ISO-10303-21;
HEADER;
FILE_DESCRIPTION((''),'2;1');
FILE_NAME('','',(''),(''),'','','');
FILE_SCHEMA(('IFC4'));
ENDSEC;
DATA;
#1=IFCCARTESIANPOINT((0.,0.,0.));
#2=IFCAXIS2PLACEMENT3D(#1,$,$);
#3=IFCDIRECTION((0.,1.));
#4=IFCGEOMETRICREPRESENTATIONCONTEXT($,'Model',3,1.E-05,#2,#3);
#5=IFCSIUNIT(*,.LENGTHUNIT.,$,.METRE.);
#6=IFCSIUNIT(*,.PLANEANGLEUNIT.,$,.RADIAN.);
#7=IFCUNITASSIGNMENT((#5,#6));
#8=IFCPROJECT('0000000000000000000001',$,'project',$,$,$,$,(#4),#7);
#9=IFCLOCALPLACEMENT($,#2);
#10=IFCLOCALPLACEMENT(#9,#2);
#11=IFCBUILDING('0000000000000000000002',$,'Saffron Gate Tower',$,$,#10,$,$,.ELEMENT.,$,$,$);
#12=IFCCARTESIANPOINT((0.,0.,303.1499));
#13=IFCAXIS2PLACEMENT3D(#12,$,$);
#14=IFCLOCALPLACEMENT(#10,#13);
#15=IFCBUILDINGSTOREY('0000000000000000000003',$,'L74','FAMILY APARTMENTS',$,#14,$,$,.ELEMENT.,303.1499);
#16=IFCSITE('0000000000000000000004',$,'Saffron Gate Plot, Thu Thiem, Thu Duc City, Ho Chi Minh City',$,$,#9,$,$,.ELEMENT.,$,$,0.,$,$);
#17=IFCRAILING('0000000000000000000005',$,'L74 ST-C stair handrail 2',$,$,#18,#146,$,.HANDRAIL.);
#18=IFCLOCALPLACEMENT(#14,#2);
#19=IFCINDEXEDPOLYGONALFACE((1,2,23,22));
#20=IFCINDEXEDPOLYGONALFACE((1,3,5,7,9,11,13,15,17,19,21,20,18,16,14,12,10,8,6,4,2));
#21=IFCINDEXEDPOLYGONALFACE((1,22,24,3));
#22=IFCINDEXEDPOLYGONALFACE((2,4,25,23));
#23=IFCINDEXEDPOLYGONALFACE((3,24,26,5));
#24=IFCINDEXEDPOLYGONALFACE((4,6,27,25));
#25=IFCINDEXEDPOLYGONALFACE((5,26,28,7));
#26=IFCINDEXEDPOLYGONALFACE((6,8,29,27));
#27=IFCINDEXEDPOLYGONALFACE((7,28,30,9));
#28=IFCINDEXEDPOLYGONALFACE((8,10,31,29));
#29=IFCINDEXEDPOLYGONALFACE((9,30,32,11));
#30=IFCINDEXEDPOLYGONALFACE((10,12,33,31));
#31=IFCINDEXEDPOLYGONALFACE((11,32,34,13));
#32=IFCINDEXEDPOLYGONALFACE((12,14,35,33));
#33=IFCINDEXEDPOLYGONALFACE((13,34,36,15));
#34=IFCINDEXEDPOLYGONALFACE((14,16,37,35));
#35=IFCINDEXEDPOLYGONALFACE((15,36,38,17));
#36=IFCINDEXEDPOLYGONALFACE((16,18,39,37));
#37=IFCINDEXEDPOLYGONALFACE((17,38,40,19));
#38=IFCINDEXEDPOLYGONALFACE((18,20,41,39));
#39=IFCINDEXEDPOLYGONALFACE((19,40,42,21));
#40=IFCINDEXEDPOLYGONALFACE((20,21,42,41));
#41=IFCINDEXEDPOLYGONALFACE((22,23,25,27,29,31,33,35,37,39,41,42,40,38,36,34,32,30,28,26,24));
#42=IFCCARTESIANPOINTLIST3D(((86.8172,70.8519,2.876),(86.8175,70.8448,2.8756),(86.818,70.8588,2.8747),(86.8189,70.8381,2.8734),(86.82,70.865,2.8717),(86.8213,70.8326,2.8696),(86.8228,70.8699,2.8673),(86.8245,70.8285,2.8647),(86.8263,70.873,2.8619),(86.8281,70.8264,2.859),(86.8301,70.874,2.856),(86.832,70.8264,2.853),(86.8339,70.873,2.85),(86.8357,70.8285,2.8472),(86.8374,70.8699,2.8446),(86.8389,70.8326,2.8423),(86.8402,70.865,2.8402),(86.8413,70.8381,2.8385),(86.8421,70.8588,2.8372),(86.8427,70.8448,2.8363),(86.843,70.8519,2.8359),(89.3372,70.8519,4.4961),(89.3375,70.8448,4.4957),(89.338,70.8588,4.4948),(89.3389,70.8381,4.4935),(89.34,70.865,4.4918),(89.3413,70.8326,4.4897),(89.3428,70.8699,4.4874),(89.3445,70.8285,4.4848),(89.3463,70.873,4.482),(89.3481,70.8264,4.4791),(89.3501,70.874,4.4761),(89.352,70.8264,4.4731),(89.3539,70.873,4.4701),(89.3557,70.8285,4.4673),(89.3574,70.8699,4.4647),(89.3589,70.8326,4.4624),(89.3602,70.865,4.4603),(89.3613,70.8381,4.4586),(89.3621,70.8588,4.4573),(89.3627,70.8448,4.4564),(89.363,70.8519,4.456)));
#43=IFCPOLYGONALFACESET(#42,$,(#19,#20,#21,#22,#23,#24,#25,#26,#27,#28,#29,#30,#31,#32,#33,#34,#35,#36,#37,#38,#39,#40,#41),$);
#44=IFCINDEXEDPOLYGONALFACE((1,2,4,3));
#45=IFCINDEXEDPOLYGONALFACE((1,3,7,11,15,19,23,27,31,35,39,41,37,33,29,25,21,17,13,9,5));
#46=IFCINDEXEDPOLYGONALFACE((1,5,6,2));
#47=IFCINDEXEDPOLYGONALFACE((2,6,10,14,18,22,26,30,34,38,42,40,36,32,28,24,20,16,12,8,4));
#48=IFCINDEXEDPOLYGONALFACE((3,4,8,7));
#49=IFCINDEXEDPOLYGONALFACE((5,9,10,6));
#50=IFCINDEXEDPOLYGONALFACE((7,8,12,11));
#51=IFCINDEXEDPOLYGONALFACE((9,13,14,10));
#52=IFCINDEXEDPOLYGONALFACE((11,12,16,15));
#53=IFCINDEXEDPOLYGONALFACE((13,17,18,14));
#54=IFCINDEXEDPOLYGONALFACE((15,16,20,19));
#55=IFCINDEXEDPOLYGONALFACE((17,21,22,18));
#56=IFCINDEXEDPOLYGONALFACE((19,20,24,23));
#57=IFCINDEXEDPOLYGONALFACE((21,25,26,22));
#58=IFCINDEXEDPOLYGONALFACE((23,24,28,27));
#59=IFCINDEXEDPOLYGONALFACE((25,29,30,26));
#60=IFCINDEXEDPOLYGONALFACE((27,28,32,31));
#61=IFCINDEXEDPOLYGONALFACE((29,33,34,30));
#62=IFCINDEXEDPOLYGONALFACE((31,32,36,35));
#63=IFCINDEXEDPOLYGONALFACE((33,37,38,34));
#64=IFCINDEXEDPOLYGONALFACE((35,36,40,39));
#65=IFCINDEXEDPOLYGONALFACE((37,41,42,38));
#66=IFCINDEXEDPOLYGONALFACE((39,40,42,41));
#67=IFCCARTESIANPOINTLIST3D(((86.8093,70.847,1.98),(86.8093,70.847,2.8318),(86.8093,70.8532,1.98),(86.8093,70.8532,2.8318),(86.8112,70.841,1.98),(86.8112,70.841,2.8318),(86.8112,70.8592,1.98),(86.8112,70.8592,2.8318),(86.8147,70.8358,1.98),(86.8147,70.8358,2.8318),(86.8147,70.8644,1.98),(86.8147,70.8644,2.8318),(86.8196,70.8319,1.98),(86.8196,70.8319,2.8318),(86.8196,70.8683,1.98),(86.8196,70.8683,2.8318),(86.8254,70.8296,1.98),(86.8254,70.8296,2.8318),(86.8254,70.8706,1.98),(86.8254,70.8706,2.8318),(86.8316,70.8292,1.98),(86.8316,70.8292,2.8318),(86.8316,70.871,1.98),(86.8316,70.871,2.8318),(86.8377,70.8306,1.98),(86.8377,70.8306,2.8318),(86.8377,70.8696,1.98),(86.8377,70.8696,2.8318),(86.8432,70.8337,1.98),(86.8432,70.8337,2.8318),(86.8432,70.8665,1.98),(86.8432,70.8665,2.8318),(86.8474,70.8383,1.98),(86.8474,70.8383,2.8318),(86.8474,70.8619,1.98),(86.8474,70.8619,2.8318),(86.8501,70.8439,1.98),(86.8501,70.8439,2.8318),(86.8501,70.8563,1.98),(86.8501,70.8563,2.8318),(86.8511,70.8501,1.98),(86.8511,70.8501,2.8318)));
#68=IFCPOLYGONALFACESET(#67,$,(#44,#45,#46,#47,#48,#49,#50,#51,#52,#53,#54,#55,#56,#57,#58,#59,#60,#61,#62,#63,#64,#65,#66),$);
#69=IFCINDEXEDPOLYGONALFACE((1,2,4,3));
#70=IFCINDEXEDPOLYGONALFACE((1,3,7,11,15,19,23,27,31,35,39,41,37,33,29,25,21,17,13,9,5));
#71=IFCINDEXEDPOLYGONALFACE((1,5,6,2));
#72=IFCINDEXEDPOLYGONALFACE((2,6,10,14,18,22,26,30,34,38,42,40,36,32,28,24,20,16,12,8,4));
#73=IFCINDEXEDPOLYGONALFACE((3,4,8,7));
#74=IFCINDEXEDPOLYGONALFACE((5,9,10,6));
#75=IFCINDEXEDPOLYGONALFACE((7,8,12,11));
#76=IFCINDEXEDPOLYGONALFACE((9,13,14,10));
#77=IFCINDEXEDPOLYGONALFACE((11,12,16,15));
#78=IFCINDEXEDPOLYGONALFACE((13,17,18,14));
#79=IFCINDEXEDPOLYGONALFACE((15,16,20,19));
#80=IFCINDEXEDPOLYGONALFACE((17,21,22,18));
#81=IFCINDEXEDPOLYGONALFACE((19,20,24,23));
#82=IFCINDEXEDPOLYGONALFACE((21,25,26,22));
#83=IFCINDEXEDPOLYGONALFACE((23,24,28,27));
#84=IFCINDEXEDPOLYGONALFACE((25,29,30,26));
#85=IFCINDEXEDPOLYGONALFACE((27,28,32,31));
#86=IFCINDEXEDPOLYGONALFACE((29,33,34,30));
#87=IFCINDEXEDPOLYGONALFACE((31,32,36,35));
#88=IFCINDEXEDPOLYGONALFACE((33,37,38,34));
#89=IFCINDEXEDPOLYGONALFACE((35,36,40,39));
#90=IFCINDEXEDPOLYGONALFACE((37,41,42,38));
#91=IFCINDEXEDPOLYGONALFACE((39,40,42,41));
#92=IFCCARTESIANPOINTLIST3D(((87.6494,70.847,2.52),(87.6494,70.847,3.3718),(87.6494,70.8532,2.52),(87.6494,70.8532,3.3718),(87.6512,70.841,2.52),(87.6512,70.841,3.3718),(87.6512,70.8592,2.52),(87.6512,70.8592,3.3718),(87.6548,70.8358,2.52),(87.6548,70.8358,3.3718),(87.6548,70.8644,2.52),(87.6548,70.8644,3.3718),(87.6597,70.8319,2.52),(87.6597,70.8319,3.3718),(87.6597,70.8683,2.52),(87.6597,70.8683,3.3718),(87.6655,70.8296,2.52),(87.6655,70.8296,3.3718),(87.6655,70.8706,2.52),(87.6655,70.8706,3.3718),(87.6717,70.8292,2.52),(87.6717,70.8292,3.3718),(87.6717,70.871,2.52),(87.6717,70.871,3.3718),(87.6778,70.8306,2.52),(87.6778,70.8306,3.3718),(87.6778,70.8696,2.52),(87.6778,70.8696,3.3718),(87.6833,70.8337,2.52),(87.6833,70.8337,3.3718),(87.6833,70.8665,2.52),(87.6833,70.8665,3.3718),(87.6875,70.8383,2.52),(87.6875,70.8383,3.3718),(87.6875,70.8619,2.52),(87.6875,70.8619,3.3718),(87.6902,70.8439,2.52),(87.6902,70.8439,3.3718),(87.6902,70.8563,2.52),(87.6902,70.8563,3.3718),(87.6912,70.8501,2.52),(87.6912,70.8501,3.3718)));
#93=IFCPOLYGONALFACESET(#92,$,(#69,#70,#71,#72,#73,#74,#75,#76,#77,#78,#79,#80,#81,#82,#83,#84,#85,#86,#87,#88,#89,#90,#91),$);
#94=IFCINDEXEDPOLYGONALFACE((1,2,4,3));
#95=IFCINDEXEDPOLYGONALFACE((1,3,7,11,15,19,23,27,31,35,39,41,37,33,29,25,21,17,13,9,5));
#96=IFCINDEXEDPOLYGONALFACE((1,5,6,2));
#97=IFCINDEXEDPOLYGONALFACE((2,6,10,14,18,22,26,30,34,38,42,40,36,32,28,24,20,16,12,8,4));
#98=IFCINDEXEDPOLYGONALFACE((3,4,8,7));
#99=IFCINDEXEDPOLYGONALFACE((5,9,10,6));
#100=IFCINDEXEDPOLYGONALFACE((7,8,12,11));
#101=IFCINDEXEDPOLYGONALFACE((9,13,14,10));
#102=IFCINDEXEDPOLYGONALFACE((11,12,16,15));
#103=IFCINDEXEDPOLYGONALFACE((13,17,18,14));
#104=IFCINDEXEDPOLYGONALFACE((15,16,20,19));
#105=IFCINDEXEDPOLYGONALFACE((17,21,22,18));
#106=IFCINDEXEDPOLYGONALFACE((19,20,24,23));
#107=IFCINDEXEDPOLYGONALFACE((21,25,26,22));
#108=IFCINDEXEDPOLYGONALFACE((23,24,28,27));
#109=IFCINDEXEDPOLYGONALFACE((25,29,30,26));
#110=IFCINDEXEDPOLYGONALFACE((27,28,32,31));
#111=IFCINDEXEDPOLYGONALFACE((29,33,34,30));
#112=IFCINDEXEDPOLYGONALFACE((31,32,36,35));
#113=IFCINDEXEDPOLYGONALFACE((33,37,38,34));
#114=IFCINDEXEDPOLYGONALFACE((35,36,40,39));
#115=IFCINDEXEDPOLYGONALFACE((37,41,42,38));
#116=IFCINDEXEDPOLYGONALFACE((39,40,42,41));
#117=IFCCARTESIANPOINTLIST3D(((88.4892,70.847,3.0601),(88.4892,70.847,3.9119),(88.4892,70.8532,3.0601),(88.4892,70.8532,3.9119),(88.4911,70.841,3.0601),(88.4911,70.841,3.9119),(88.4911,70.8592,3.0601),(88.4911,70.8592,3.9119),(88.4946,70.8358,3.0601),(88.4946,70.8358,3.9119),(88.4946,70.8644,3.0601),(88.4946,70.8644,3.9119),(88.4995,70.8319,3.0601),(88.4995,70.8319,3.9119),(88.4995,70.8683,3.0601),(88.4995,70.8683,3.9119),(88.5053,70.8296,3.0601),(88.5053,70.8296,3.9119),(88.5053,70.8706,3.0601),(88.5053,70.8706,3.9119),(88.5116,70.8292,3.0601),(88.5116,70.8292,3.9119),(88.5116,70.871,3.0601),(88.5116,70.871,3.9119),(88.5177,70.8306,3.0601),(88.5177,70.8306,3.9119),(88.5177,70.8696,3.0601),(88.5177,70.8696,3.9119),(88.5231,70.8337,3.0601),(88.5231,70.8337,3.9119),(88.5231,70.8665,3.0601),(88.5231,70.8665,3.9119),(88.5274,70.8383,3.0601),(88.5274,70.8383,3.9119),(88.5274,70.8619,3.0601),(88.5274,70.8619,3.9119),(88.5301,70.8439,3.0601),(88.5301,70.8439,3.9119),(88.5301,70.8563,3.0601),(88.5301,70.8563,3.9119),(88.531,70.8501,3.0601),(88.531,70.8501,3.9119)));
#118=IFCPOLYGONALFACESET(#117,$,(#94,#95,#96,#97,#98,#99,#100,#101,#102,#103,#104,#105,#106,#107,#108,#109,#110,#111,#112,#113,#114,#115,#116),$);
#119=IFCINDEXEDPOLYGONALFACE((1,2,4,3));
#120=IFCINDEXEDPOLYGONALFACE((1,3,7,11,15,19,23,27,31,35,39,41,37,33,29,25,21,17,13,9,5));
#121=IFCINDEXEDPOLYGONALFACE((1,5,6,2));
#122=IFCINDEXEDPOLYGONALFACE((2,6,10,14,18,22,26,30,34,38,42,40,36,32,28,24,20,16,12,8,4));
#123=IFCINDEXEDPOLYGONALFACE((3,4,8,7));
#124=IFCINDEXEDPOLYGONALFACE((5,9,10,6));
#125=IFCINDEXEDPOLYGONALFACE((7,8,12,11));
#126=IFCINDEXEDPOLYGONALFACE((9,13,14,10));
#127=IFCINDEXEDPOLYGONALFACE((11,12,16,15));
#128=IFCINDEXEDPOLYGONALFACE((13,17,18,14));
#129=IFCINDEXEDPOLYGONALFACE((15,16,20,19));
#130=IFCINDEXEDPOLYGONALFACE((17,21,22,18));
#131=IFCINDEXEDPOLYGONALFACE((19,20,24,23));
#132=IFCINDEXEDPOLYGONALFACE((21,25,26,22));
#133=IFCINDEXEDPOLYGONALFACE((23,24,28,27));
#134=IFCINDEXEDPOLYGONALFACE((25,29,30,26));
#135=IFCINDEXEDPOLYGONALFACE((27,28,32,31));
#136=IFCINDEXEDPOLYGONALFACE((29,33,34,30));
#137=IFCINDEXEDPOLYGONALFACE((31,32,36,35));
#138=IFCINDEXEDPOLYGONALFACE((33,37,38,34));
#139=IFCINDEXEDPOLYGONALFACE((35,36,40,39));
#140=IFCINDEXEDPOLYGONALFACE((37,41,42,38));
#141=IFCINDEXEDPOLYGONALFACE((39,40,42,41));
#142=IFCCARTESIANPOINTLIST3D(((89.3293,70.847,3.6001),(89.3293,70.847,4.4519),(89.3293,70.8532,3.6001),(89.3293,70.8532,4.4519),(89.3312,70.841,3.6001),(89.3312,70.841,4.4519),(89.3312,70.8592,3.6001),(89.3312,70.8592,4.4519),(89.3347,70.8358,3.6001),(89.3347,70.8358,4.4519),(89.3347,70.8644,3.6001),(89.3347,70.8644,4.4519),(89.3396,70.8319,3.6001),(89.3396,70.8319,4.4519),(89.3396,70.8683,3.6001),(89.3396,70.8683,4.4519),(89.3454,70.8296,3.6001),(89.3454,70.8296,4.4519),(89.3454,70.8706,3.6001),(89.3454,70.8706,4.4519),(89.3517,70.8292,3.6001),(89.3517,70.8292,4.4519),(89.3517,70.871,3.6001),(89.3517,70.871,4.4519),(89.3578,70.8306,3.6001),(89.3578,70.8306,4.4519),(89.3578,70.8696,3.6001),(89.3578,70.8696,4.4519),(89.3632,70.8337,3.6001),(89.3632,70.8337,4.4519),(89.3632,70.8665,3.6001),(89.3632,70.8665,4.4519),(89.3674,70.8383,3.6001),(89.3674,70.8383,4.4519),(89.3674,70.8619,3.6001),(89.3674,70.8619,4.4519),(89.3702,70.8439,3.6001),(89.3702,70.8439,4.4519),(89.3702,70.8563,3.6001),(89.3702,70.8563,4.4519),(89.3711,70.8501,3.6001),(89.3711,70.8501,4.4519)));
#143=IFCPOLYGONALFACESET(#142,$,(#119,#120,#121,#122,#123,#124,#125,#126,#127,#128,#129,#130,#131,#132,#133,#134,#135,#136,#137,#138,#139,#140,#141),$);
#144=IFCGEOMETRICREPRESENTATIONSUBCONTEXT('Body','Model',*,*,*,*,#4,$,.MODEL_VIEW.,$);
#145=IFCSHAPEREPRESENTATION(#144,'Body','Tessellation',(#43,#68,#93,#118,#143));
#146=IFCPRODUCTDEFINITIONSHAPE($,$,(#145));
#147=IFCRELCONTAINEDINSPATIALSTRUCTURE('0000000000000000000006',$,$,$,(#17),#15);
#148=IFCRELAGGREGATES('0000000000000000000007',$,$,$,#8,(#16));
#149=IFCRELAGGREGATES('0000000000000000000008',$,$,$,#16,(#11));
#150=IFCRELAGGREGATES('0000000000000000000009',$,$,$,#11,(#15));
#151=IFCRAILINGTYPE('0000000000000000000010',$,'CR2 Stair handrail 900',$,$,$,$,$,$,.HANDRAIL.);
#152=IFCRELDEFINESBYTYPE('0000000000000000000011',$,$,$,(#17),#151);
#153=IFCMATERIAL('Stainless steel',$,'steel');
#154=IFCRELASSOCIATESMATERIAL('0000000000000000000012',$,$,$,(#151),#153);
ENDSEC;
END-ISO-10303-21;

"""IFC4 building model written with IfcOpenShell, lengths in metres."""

from ifc_helpers import new_model, si_unit, direction, frame, origin, origin_2d, place, context, subcontext, project, spatial, circle, extrude, material, type_object, element, save


model = new_model("IFC4")

# Units and contexts
model_context = context("Model", 3, precision=1e-05, world=origin(), true_north=direction((0.0, 1.0)))
body_context = subcontext(model_context, "Body", "Model", "MODEL_VIEW")
ifc_project = project(units=[si_unit("LENGTHUNIT", "METRE"), si_unit("PLANEANGLEUNIT", "RADIAN")], contexts=[model_context])

# Site, building, storey
site_placement = place(None, origin())
site = spatial("IfcSite", under=ifc_project, at=site_placement, Name="Saffron Gate Plot, Thu Thiem, Thu Duc City, Ho Chi Minh City", CompositionType="ELEMENT", RefElevation=0.0)
building_placement = place(site_placement, origin())
building = spatial("IfcBuilding", under=site, at=building_placement, Name="Saffron Gate Tower", CompositionType="ELEMENT")
storey_placement = place(building_placement, frame((0.0, 0.0, 303.1499)))
storey = spatial("IfcBuildingStorey", under=building, at=storey_placement, Name="L74", Description="FAMILY APARTMENTS", CompositionType="ELEMENT", Elevation=303.1499)

# Railing
ifc_material_1 = material(Name="Stainless steel", Category="steel")
railing_type_1 = type_object("IfcRailingType", Name="CR2 Stair handrail 900", PredefinedType="HANDRAIL", material=ifc_material_1)
railing_1_placement = place(storey_placement, frame((86.8301, 70.8501, 1.98)))
element("IfcRailing", 1, at=railing_1_placement, inside=storey, type_object=railing_type_1, Name="L74 ST-C stair handrail 2", PredefinedType="HANDRAIL", context=body_context, shape_type="SweptSolid", body=[
    extrude(circle(Radius=0.0239, at=origin_2d()), frame((0.0, 0.0, 0.876), z_axis=(0.841163, 0.0, 0.540782), x_axis=(0.0, 1.0, 0.0)), (0.0, 0.0, 1.0), 2.9958),
    extrude(circle(Radius=0.021, at=origin_2d()), origin(), (0.0, 0.0, 1.0), 0.8518),
    extrude(circle(Radius=0.021, at=origin_2d()), frame((0.8401, 0.0, 0.54)), (0.0, 0.0, 1.0), 0.8518),
    extrude(circle(Radius=0.021, at=origin_2d()), frame((1.6799, 0.0, 1.0801)), (0.0, 0.0, 1.0), 0.8518),
    extrude(circle(Radius=0.021, at=origin_2d()), frame((2.52, 0.0, 1.6201)), (0.0, 0.0, 1.0), 0.8518),
])

save(model, "model.ifc")
